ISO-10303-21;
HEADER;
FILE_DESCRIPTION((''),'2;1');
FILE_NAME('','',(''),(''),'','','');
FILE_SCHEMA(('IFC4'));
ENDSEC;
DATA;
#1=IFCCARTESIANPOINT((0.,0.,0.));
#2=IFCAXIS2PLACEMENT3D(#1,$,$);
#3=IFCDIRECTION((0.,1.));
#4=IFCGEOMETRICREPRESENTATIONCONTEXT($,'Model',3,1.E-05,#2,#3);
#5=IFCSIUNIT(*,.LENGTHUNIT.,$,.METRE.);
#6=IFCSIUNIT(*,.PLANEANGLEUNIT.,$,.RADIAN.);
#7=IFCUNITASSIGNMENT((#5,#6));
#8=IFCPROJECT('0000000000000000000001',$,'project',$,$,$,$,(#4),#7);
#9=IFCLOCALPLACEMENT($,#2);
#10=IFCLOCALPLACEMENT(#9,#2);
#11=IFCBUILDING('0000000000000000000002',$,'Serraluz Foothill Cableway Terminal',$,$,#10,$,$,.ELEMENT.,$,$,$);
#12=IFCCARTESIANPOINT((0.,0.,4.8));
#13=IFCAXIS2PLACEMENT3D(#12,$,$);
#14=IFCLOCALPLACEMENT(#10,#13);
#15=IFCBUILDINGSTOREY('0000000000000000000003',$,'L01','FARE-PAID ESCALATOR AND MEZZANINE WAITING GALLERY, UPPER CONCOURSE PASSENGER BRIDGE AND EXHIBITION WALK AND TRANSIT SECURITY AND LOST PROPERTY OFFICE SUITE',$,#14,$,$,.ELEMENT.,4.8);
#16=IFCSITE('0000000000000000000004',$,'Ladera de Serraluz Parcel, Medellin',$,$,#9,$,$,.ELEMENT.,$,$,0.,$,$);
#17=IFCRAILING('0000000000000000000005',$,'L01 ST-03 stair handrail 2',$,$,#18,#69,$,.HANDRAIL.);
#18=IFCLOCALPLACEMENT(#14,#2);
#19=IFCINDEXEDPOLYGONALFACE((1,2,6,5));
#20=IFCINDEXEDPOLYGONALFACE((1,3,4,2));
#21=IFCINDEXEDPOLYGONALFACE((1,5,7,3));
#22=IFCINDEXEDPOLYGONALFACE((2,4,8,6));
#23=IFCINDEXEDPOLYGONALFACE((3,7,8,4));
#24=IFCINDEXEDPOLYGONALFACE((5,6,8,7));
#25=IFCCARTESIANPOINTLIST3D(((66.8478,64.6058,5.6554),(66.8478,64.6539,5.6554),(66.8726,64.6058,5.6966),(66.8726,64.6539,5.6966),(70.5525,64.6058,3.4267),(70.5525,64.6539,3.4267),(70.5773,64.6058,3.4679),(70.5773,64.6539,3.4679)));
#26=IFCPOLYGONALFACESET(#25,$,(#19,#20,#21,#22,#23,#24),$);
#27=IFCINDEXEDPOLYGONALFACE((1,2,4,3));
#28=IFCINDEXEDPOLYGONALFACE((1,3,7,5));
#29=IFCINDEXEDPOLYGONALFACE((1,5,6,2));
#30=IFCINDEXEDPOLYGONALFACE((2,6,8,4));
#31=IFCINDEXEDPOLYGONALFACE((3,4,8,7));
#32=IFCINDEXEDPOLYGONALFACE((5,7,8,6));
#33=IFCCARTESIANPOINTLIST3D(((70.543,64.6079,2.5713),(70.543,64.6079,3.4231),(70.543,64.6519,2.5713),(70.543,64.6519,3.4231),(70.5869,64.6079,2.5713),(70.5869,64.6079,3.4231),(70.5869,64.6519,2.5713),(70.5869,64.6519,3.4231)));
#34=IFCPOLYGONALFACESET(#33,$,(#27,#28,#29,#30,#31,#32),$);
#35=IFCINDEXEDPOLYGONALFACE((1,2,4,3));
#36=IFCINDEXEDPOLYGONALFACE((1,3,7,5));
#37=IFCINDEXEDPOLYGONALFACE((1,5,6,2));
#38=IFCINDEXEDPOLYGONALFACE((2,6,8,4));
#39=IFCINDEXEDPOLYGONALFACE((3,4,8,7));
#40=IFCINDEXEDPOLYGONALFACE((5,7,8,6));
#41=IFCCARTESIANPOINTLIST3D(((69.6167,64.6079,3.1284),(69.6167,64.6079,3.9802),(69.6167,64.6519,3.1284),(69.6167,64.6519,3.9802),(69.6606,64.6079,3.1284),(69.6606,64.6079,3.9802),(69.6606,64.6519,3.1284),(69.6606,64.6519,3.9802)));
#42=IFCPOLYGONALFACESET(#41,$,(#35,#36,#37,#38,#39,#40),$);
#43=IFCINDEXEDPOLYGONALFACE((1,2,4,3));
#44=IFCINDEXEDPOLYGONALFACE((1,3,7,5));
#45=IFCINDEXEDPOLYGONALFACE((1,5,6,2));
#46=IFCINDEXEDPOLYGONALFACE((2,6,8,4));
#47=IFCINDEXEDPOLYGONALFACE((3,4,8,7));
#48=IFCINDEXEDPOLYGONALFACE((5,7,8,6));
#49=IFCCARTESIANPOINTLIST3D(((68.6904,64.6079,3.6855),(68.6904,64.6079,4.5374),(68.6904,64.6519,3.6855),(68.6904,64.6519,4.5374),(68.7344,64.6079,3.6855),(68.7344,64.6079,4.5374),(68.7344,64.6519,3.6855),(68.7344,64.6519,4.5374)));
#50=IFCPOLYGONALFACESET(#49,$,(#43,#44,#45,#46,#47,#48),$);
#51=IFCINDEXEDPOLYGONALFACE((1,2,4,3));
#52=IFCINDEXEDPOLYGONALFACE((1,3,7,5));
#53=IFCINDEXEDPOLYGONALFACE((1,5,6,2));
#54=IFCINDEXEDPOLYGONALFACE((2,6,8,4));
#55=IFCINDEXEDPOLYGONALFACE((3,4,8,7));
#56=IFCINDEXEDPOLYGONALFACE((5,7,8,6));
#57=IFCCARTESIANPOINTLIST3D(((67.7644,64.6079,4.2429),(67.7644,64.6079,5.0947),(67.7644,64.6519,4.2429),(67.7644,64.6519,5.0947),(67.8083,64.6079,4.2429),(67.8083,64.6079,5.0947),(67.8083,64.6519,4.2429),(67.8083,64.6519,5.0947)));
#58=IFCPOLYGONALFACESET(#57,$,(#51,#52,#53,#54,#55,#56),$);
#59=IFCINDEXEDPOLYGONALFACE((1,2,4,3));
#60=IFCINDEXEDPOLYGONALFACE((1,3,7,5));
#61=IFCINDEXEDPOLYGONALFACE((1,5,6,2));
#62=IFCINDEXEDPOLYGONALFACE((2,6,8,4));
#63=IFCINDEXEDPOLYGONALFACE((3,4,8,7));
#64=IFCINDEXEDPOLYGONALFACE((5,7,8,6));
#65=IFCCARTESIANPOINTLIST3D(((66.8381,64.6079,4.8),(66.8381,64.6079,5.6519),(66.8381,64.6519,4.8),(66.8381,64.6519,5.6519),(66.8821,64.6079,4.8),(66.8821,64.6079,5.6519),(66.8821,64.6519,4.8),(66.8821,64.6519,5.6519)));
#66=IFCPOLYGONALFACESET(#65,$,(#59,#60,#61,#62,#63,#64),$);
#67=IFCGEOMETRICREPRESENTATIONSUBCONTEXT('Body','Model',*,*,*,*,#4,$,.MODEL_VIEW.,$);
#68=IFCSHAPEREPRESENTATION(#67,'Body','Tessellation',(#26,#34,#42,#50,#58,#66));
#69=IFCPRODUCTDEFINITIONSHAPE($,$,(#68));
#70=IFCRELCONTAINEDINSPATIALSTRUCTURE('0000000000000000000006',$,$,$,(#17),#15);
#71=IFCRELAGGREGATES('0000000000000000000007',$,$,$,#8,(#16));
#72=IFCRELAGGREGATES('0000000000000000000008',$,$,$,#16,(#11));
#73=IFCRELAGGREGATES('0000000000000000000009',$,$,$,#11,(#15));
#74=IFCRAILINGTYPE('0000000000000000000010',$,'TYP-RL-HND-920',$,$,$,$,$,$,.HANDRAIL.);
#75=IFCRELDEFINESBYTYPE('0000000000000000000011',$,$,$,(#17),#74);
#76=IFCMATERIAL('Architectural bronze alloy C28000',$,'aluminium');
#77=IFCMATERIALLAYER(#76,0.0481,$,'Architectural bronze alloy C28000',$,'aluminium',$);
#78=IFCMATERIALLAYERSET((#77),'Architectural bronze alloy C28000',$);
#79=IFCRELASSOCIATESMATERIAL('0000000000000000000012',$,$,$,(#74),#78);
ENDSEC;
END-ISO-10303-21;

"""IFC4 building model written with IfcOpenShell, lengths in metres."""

from ifc_helpers import new_model, si_unit, direction, frame, origin, origin_2d, place, context, subcontext, project, spatial, rectangle, extrude, material, layer, layer_set, type_object, element, save


model = new_model("IFC4")

# Units and contexts
model_context = context("Model", 3, precision=1e-05, world=origin(), true_north=direction((0.0, 1.0)))
body_context = subcontext(model_context, "Body", "Model", "MODEL_VIEW")
ifc_project = project(units=[si_unit("LENGTHUNIT", "METRE"), si_unit("PLANEANGLEUNIT", "RADIAN")], contexts=[model_context])

# Site, building, storey
site_placement = place(None, origin())
site = spatial("IfcSite", under=ifc_project, at=site_placement, Name="Ladera de Serraluz Parcel, Medellin", CompositionType="ELEMENT", RefElevation=0.0)
building_placement = place(site_placement, origin())
building = spatial("IfcBuilding", under=site, at=building_placement, Name="Serraluz Foothill Cableway Terminal", CompositionType="ELEMENT")
storey_placement = place(building_placement, frame((0.0, 0.0, 4.8)))
storey = spatial("IfcBuildingStorey", under=building, at=storey_placement, Name="L01", Description="FARE-PAID ESCALATOR AND MEZZANINE WAITING GALLERY, UPPER CONCOURSE PASSENGER BRIDGE AND EXHIBITION WALK AND TRANSIT SECURITY AND LOST PROPERTY OFFICE SUITE", CompositionType="ELEMENT", Elevation=4.8)

# Shared definitions
ifc_material_1 = material(Name="Architectural bronze alloy C28000", Category="aluminium")

# Railing
ifc_layer_1 = layer(ifc_material_1, 0.0481, Name="Architectural bronze alloy C28000", Category="aluminium")
ifc_layer_set_1 = layer_set([ifc_layer_1], Name="Architectural bronze alloy C28000")
railing_type_1 = type_object("IfcRailingType", Name="TYP-RL-HND-920", PredefinedType="HANDRAIL", material=ifc_layer_set_1)
railing_1_placement = place(storey_placement, frame((70.5649, 64.6299, 2.5713)))
element("IfcRailing", 1, at=railing_1_placement, inside=storey, type_object=railing_type_1, Name="L01 ST-03 stair handrail 2", PredefinedType="HANDRAIL", context=body_context, shape_type="SweptSolid", body=[
    extrude(rectangle(XDim=0.0481, YDim=0.0481, at=origin_2d()), frame((0.0, 0.0, 0.876), z_axis=(-0.856894, 0.0, 0.515492), x_axis=(0.0, -1.0, 0.0)), (0.0, 0.0, 1.0), 4.3235),
    extrude(rectangle(XDim=0.0439, YDim=0.0439, at=origin_2d()), origin(), (0.0, 0.0, 1.0), 0.8518),
    extrude(rectangle(XDim=0.0439, YDim=0.0439, at=origin_2d()), frame((-0.9263, 0.0, 0.5571)), (0.0, 0.0, 1.0), 0.8518),
    extrude(rectangle(XDim=0.0439, YDim=0.0439, at=origin_2d()), frame((-1.8525, 0.0, 1.1143)), (0.0, 0.0, 1.0), 0.8518),
    extrude(rectangle(XDim=0.0439, YDim=0.0439, at=origin_2d()), frame((-2.7786, 0.0, 1.6716)), (0.0, 0.0, 1.0), 0.8518),
    extrude(rectangle(XDim=0.0439, YDim=0.0439, at=origin_2d()), frame((-3.7048, 0.0, 2.2288)), (0.0, 0.0, 1.0), 0.8518),
])

save(model, "model.ifc")
